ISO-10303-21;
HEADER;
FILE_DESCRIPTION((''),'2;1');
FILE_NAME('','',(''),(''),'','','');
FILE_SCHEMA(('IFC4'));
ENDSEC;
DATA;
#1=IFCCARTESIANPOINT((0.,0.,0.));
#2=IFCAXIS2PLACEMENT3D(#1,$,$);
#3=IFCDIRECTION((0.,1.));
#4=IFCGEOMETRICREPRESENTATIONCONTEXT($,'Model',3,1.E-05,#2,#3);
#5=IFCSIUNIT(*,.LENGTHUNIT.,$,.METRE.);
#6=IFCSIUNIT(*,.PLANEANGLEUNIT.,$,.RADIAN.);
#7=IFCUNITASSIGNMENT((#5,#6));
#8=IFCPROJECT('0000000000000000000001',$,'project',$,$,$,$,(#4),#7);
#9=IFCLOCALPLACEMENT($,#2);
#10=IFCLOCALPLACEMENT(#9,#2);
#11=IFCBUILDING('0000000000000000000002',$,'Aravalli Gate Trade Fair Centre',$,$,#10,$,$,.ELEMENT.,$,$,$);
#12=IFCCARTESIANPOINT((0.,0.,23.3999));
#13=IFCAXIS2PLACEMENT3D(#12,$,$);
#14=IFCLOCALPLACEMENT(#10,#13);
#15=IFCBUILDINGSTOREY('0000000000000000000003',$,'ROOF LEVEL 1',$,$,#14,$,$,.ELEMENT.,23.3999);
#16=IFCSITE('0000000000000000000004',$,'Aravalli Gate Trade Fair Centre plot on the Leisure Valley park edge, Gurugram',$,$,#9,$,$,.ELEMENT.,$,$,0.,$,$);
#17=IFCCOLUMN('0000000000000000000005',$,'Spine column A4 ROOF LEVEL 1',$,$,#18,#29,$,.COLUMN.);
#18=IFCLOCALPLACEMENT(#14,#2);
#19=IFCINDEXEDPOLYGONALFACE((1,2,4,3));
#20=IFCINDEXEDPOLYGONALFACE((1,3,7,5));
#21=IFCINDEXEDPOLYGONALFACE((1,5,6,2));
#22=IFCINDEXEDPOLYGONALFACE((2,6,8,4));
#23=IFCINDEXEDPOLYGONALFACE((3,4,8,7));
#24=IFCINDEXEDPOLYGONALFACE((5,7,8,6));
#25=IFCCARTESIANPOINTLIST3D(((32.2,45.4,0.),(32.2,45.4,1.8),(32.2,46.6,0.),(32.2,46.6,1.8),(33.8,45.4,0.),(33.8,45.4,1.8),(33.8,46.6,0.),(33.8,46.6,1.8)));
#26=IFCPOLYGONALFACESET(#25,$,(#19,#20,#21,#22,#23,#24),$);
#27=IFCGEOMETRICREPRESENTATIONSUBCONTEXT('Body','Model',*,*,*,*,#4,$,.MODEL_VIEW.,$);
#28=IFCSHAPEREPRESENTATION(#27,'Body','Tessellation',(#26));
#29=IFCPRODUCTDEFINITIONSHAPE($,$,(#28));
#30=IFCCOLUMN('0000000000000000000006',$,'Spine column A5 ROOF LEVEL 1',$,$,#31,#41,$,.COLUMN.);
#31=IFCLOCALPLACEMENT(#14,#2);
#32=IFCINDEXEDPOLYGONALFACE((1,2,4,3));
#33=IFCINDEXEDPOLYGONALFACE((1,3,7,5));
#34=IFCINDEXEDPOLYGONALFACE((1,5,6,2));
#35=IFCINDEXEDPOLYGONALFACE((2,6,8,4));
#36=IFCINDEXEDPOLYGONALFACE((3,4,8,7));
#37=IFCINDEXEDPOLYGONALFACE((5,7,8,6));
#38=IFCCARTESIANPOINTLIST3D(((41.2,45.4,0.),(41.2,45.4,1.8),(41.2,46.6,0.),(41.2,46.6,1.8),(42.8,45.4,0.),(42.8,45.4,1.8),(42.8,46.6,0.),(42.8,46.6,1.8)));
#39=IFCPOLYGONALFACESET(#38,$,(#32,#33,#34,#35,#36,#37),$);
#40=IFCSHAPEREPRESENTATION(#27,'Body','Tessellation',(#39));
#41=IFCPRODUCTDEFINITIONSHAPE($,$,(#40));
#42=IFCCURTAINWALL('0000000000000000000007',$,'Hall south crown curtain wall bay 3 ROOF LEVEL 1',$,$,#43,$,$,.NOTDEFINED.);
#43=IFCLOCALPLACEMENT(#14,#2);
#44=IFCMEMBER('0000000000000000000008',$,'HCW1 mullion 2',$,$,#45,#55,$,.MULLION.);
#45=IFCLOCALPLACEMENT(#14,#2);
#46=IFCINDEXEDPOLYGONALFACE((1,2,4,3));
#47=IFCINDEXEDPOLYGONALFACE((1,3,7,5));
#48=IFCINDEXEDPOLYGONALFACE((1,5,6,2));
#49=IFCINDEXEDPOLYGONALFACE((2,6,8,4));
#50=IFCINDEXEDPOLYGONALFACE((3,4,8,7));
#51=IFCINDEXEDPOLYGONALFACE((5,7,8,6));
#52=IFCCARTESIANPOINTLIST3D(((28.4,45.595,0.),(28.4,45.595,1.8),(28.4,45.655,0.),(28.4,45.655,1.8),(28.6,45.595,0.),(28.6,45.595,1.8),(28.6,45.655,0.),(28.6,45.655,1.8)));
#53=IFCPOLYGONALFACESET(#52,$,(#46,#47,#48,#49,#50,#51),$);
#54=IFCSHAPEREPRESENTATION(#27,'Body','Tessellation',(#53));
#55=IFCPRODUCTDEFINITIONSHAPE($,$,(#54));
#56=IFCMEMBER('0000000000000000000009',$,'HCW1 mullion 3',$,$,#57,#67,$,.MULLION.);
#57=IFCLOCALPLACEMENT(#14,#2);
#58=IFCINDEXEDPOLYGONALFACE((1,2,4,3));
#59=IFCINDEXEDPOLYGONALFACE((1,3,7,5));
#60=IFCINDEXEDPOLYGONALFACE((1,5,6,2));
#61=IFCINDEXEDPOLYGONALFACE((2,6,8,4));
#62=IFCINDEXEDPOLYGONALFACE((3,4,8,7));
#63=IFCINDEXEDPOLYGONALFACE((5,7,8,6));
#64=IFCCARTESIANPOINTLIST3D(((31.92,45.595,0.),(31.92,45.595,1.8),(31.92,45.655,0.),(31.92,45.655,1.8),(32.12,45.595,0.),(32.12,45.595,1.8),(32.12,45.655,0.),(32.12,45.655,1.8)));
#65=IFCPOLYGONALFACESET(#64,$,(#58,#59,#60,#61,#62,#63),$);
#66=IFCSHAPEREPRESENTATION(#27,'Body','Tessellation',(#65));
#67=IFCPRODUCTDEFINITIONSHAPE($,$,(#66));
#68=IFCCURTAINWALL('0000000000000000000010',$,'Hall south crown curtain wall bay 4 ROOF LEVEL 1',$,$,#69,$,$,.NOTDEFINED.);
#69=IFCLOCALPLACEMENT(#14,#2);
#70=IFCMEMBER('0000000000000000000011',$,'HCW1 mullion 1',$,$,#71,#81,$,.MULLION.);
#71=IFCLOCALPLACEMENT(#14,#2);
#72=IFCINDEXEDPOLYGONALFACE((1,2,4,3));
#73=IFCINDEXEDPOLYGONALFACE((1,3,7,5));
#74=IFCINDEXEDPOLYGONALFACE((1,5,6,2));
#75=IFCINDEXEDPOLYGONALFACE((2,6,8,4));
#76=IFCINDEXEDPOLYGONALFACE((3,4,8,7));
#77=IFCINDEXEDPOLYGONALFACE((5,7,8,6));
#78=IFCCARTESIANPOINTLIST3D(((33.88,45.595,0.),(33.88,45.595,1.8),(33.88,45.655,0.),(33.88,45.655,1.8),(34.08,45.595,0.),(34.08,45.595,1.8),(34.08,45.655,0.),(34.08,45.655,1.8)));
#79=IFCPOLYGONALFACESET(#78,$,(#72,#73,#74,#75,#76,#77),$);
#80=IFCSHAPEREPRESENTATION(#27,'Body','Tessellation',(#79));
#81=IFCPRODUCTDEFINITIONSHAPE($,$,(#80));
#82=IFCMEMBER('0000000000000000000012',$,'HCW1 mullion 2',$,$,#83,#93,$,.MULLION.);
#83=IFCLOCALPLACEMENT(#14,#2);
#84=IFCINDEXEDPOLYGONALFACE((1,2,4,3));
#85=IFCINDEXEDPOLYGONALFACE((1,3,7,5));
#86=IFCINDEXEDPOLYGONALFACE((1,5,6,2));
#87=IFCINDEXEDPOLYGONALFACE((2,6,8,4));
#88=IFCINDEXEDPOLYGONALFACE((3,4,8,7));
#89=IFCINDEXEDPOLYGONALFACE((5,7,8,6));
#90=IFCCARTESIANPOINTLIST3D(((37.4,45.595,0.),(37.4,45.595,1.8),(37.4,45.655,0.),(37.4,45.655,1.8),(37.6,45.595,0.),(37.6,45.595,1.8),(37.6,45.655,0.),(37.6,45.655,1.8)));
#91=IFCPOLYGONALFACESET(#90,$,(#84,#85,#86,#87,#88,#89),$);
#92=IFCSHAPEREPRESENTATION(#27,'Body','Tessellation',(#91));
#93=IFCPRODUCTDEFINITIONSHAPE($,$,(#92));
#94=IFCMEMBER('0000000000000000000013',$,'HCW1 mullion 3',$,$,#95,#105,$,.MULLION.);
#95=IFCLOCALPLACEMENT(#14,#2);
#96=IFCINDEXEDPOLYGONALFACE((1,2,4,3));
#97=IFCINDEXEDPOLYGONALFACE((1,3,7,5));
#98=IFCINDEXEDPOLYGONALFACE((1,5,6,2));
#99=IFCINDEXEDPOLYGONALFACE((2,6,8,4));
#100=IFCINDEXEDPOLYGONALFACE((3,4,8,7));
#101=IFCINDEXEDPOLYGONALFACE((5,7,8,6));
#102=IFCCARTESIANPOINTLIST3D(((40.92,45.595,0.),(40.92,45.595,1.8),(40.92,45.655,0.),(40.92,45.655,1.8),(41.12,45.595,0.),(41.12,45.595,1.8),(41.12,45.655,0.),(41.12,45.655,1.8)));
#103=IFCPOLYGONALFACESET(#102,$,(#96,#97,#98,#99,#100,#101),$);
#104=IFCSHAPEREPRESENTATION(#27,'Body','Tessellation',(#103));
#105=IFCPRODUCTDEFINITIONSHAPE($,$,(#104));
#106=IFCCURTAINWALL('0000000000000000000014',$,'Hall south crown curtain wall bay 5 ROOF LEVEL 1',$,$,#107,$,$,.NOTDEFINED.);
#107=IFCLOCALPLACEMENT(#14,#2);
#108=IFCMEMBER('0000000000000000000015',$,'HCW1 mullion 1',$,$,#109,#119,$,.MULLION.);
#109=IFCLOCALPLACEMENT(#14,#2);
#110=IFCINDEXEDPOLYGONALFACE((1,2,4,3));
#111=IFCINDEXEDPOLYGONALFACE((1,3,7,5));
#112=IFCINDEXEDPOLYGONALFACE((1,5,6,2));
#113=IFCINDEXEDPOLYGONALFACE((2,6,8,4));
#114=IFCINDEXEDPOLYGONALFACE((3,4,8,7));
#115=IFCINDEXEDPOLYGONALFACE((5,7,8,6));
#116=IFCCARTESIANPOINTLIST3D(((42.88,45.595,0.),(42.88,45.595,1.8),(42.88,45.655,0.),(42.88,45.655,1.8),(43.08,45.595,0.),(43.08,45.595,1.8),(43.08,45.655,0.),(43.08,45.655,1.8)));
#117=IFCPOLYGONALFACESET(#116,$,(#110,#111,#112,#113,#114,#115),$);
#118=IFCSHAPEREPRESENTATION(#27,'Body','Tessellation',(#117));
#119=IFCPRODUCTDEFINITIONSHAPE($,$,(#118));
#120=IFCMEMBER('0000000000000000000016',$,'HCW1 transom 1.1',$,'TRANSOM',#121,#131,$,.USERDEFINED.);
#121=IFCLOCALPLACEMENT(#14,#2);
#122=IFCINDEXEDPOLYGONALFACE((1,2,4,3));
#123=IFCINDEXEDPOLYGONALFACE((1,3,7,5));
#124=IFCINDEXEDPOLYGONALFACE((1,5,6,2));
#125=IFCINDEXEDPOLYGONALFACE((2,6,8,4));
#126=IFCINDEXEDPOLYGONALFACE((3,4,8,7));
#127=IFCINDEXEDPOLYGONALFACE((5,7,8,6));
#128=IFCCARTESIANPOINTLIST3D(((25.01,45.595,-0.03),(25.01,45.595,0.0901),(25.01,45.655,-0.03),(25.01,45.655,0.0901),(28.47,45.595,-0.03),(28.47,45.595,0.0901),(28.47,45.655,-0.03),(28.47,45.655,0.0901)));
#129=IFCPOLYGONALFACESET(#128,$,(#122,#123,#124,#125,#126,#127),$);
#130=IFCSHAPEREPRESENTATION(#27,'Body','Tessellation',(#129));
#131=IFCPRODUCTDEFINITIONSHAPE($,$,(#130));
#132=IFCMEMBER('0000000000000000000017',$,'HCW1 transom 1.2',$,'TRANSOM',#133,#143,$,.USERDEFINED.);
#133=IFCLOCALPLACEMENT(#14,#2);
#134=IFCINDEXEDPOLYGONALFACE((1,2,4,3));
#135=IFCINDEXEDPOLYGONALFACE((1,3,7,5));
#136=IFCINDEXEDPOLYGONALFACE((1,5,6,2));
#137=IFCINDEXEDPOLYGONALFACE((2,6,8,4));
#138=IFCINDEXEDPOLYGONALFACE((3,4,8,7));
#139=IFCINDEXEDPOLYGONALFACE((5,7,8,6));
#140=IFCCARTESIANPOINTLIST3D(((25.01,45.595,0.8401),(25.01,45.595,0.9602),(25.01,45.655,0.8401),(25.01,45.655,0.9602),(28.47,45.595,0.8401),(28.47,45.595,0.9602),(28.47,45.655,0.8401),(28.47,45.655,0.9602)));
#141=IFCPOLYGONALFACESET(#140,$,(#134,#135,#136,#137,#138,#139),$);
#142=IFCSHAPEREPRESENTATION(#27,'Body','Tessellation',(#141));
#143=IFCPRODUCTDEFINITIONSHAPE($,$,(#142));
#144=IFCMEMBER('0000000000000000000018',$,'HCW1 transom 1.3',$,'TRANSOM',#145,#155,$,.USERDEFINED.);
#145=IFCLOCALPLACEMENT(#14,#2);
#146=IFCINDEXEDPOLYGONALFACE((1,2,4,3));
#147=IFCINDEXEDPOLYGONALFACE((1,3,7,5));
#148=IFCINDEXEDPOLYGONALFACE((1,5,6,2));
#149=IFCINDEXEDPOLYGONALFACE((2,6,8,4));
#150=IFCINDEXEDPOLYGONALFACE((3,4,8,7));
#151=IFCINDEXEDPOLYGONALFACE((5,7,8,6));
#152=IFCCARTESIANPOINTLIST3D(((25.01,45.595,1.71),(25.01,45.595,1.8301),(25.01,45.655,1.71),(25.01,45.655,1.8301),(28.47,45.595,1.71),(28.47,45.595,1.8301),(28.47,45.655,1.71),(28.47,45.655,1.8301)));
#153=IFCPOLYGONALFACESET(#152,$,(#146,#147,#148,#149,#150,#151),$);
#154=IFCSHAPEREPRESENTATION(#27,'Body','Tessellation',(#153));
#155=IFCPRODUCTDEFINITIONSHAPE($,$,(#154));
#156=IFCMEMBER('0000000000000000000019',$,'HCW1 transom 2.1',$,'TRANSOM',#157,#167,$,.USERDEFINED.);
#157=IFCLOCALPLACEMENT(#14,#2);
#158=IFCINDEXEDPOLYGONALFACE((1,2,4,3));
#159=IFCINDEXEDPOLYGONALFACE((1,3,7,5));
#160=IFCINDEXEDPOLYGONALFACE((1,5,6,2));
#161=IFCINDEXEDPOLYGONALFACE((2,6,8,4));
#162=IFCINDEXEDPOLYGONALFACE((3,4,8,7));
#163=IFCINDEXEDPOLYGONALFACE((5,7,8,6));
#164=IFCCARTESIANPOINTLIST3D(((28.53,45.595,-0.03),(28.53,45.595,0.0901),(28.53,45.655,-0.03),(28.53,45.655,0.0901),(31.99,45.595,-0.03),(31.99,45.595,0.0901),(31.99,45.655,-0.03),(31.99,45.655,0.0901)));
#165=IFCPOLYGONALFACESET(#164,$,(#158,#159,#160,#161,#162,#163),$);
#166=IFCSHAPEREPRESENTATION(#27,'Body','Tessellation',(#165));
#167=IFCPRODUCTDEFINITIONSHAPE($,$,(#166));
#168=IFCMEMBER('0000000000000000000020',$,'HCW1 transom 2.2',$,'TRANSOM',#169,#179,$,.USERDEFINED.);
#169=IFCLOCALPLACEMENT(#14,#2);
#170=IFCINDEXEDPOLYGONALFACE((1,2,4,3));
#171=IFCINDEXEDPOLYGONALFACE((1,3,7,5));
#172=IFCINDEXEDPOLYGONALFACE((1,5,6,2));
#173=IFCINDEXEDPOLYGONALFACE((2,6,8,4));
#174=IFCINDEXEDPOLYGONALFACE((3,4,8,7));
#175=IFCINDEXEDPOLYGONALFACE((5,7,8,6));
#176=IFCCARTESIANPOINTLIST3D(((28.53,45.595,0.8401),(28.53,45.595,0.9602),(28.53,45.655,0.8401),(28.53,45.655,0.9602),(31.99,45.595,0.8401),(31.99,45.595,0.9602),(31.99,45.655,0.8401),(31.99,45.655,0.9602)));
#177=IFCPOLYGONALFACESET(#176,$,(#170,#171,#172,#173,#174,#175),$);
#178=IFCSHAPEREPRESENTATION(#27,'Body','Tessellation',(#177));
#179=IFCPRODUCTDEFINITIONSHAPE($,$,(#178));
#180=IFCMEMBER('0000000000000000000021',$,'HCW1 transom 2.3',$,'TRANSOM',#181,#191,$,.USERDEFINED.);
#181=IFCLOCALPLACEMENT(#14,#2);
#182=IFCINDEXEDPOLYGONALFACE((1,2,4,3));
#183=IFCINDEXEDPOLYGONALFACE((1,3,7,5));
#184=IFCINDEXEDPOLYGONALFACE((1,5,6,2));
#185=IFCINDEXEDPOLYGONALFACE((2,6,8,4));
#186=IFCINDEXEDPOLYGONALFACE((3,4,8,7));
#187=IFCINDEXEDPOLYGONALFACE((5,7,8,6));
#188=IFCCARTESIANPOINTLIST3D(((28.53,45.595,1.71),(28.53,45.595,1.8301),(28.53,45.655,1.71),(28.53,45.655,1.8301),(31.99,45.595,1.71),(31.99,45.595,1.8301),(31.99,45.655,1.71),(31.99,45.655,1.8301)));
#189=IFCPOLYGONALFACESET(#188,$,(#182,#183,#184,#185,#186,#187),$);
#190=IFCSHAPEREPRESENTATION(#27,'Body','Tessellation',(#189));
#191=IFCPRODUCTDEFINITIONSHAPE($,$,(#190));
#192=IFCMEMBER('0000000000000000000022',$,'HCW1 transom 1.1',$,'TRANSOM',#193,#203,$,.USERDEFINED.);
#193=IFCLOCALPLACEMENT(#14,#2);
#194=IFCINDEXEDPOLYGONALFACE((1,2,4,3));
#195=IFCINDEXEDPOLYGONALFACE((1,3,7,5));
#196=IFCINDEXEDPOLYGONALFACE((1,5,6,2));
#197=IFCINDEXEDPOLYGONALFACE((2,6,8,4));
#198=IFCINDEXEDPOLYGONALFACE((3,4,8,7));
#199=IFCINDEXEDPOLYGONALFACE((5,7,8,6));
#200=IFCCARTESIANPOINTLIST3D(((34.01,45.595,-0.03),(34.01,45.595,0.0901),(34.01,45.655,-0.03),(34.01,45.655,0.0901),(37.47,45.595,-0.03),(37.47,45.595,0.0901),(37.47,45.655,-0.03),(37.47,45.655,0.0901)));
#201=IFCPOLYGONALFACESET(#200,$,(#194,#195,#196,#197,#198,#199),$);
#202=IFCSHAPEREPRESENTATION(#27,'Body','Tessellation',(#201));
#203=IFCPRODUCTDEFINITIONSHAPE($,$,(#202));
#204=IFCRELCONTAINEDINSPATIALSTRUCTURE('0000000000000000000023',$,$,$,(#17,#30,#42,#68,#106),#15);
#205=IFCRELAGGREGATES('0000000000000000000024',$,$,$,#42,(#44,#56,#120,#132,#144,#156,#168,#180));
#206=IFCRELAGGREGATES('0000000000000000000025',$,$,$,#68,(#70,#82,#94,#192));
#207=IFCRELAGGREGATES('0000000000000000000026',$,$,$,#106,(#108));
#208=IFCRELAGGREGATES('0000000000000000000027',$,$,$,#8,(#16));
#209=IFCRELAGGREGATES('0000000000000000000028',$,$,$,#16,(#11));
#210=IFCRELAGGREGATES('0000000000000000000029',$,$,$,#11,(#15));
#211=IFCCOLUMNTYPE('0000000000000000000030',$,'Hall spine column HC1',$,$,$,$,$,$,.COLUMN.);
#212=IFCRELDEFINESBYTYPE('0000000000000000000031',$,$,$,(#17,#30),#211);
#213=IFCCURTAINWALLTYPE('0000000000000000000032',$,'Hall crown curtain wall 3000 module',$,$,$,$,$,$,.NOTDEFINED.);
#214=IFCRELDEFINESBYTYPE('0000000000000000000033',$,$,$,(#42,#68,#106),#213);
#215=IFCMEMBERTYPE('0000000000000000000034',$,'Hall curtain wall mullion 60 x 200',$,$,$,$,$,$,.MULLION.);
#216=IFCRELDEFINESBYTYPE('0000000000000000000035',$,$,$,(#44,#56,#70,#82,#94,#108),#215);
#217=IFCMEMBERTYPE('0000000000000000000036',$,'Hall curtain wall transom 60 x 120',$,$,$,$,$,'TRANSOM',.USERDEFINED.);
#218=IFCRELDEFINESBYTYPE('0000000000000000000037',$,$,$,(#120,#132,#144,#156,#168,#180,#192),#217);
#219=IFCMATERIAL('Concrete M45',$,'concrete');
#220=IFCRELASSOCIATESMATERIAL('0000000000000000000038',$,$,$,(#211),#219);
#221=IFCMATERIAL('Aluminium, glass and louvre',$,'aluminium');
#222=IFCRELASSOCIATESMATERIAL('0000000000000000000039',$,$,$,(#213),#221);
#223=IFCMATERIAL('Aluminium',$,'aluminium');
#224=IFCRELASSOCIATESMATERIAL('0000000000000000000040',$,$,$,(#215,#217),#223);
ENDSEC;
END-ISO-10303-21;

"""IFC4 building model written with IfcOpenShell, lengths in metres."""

from ifc_helpers import new_model, si_unit, direction, frame, origin, origin_2d, place, context, subcontext, project, spatial, rectangle, extrude, material, material_profile, profile_set, type_object, element, aggregate, save


model = new_model("IFC4")

# Units and contexts
model_context = context("Model", 3, precision=1e-05, world=origin(), true_north=direction((0.0, 1.0)))
body_context = subcontext(model_context, "Body", "Model", "MODEL_VIEW")
ifc_project = project(units=[si_unit("LENGTHUNIT", "METRE"), si_unit("PLANEANGLEUNIT", "RADIAN")], contexts=[model_context])

# Site, building, storey
site_placement = place(None, origin())
site = spatial("IfcSite", under=ifc_project, at=site_placement, Name="Aravalli Gate Trade Fair Centre plot on the Leisure Valley park edge, Gurugram", CompositionType="ELEMENT", RefElevation=0.0)
building_placement = place(site_placement, origin())
building = spatial("IfcBuilding", under=site, at=building_placement, Name="Aravalli Gate Trade Fair Centre", CompositionType="ELEMENT")
storey_placement = place(building_placement, frame((0.0, 0.0, 23.3999)))
storey = spatial("IfcBuildingStorey", under=building, at=storey_placement, Name="ROOF LEVEL 1", CompositionType="ELEMENT", Elevation=23.3999)

# Columns
ifc_material_1 = material(Name="Concrete M45", Category="concrete")
ifc_material_profile_1 = material_profile(ifc_material_1, rectangle(XDim=1.6001, YDim=1.2, at=origin_2d()), Name="RC 1600x1200")
ifc_profile_set_1 = profile_set([ifc_material_profile_1], Name="Concrete M45")
column_type = type_object("IfcColumnType", Name="Hall spine column HC1", PredefinedType="COLUMN", material=ifc_profile_set_1)
for number, where, z_axis, x_axis, name in (
    (1, (33.0, 46.0, 0.0), (0.0, 0.0, 1.0), (1.0, 0.0, 0.0), "Spine column A4 ROOF LEVEL 1"),
    (2, (42.0, 46.0, 0.0), (0.0, 0.0, 1.0), (1.0, 0.0, 0.0), "Spine column A5 ROOF LEVEL 1"),
):
    element("IfcColumn", number, at=place(storey_placement, frame(where, z_axis=z_axis, x_axis=x_axis)), inside=storey, type_object=column_type, Name=name, PredefinedType="COLUMN", context=body_context, shape_type="SweptSolid", body=[
        extrude(rectangle(XDim=1.6001, YDim=1.2, at=origin_2d()), origin(), (0.0, 0.0, 1.0), 1.8),
    ])

# Curtain walls, members
ifc_material_2 = material(Name="Aluminium, glass and louvre", Category="aluminium")
curtain_wall_type = type_object("IfcCurtainWallType", Name="Hall crown curtain wall 3000 module", PredefinedType="NOTDEFINED", material=ifc_material_2)
curtain_wall_1_placement = place(storey_placement, origin())
curtain_wall_1 = element("IfcCurtainWall", 3, at=curtain_wall_1_placement, inside=storey, type_object=curtain_wall_type, Name="Hall south crown curtain wall bay 3 ROOF LEVEL 1", PredefinedType="NOTDEFINED")
ifc_material_3 = material(Name="Aluminium", Category="aluminium")
ifc_material_profile_2 = material_profile(ifc_material_3, rectangle(XDim=0.0601, YDim=0.2, at=origin_2d()), Name="Hall curtain wall mullion 60 x 200")
ifc_profile_set_2 = profile_set([ifc_material_profile_2], Name="Aluminium")
member_type_1 = type_object("IfcMemberType", Name="Hall curtain wall mullion 60 x 200", PredefinedType="MULLION", material=ifc_profile_set_2)
member_1_placement = place(storey_placement, frame((28.5, 45.625, 0.0), z_axis=(0.0, 0.0, 1.0), x_axis=(0.0, 1.0, 0.0)))
member_1 = element("IfcMember", 4, at=member_1_placement, type_object=member_type_1, Name="HCW1 mullion 2", PredefinedType="MULLION", context=body_context, shape_type="SweptSolid", body=[
    extrude(rectangle(XDim=0.0601, YDim=0.2, at=origin_2d()), origin(), (0.0, 0.0, 1.0), 1.8),
])
member_2_placement = place(storey_placement, frame((32.02, 45.625, 0.0), z_axis=(0.0, 0.0, 1.0), x_axis=(0.0, 1.0, 0.0)))
member_2 = element("IfcMember", 5, at=member_2_placement, type_object=member_type_1, Name="HCW1 mullion 3", PredefinedType="MULLION", context=body_context, shape_type="SweptSolid", body=[
    extrude(rectangle(XDim=0.0601, YDim=0.2, at=origin_2d()), origin(), (0.0, 0.0, 1.0), 1.8),
])
curtain_wall_2_placement = place(storey_placement, origin())
curtain_wall_2 = element("IfcCurtainWall", 6, at=curtain_wall_2_placement, inside=storey, type_object=curtain_wall_type, Name="Hall south crown curtain wall bay 4 ROOF LEVEL 1", PredefinedType="NOTDEFINED")
member_3_placement = place(storey_placement, frame((33.98, 45.625, 0.0), z_axis=(0.0, 0.0, 1.0), x_axis=(0.0, 1.0, 0.0)))
member_3 = element("IfcMember", 7, at=member_3_placement, type_object=member_type_1, Name="HCW1 mullion 1", PredefinedType="MULLION", context=body_context, shape_type="SweptSolid", body=[
    extrude(rectangle(XDim=0.0601, YDim=0.2, at=origin_2d()), origin(), (0.0, 0.0, 1.0), 1.8),
])
member_4_placement = place(storey_placement, frame((37.5, 45.625, 0.0), z_axis=(0.0, 0.0, 1.0), x_axis=(0.0, 1.0, 0.0)))
member_4 = element("IfcMember", 8, at=member_4_placement, type_object=member_type_1, Name="HCW1 mullion 2", PredefinedType="MULLION", context=body_context, shape_type="SweptSolid", body=[
    extrude(rectangle(XDim=0.0601, YDim=0.2, at=origin_2d()), origin(), (0.0, 0.0, 1.0), 1.8),
])
member_5_placement = place(storey_placement, frame((41.02, 45.625, 0.0), z_axis=(0.0, 0.0, 1.0), x_axis=(0.0, 1.0, 0.0)))
member_5 = element("IfcMember", 9, at=member_5_placement, type_object=member_type_1, Name="HCW1 mullion 3", PredefinedType="MULLION", context=body_context, shape_type="SweptSolid", body=[
    extrude(rectangle(XDim=0.0601, YDim=0.2, at=origin_2d()), origin(), (0.0, 0.0, 1.0), 1.8),
])

# Curtain wall, member
curtain_wall_3_placement = place(storey_placement, origin())
curtain_wall_3 = element("IfcCurtainWall", 10, at=curtain_wall_3_placement, inside=storey, type_object=curtain_wall_type, Name="Hall south crown curtain wall bay 5 ROOF LEVEL 1", PredefinedType="NOTDEFINED")
member_6_placement = place(storey_placement, frame((42.98, 45.625, 0.0), z_axis=(0.0, 0.0, 1.0), x_axis=(0.0, 1.0, 0.0)))
member_6 = element("IfcMember", 11, at=member_6_placement, type_object=member_type_1, Name="HCW1 mullion 1", PredefinedType="MULLION", context=body_context, shape_type="SweptSolid", body=[
    extrude(rectangle(XDim=0.0601, YDim=0.2, at=origin_2d()), origin(), (0.0, 0.0, 1.0), 1.8),
])

# Members
ifc_material_profile_3 = material_profile(ifc_material_3, rectangle(XDim=0.0601, YDim=0.1201, at=origin_2d()), Name="Hall curtain wall transom 60 x 120")
ifc_profile_set_3 = profile_set([ifc_material_profile_3], Name="Aluminium")
member_type_2 = type_object("IfcMemberType", Name="Hall curtain wall transom 60 x 120", ElementType="TRANSOM", PredefinedType="USERDEFINED", material=ifc_profile_set_3)
member_7_placement = place(storey_placement, frame((25.01, 45.625, 0.03), z_axis=(1.0, 0.0, 0.0), x_axis=(0.0, 1.0, 0.0)))
member_7 = element("IfcMember", 12, at=member_7_placement, type_object=member_type_2, Name="HCW1 transom 1.1", ObjectType="TRANSOM", PredefinedType="USERDEFINED", context=body_context, shape_type="SweptSolid", body=[
    extrude(rectangle(XDim=0.0601, YDim=0.1201, at=origin_2d()), origin(), (0.0, 0.0, 1.0), 3.46),
])
member_8_placement = place(storey_placement, frame((25.01, 45.625, 0.9001), z_axis=(1.0, 0.0, 0.0), x_axis=(0.0, 1.0, 0.0)))
member_8 = element("IfcMember", 13, at=member_8_placement, type_object=member_type_2, Name="HCW1 transom 1.2", ObjectType="TRANSOM", PredefinedType="USERDEFINED", context=body_context, shape_type="SweptSolid", body=[
    extrude(rectangle(XDim=0.0601, YDim=0.1201, at=origin_2d()), origin(), (0.0, 0.0, 1.0), 3.46),
])
member_9_placement = place(storey_placement, frame((25.01, 45.625, 1.77), z_axis=(1.0, 0.0, 0.0), x_axis=(0.0, 1.0, 0.0)))
member_9 = element("IfcMember", 14, at=member_9_placement, type_object=member_type_2, Name="HCW1 transom 1.3", ObjectType="TRANSOM", PredefinedType="USERDEFINED", context=body_context, shape_type="SweptSolid", body=[
    extrude(rectangle(XDim=0.0601, YDim=0.1201, at=origin_2d()), origin(), (0.0, 0.0, 1.0), 3.46),
])
member_10_placement = place(storey_placement, frame((28.53, 45.625, 0.03), z_axis=(1.0, 0.0, 0.0), x_axis=(0.0, 1.0, 0.0)))
member_10 = element("IfcMember", 15, at=member_10_placement, type_object=member_type_2, Name="HCW1 transom 2.1", ObjectType="TRANSOM", PredefinedType="USERDEFINED", context=body_context, shape_type="SweptSolid", body=[
    extrude(rectangle(XDim=0.0601, YDim=0.1201, at=origin_2d()), origin(), (0.0, 0.0, 1.0), 3.46),
])
member_11_placement = place(storey_placement, frame((28.53, 45.625, 0.9001), z_axis=(1.0, 0.0, 0.0), x_axis=(0.0, 1.0, 0.0)))
member_11 = element("IfcMember", 16, at=member_11_placement, type_object=member_type_2, Name="HCW1 transom 2.2", ObjectType="TRANSOM", PredefinedType="USERDEFINED", context=body_context, shape_type="SweptSolid", body=[
    extrude(rectangle(XDim=0.0601, YDim=0.1201, at=origin_2d()), origin(), (0.0, 0.0, 1.0), 3.46),
])
member_12_placement = place(storey_placement, frame((28.53, 45.625, 1.77), z_axis=(1.0, 0.0, 0.0), x_axis=(0.0, 1.0, 0.0)))
member_12 = element("IfcMember", 17, at=member_12_placement, type_object=member_type_2, Name="HCW1 transom 2.3", ObjectType="TRANSOM", PredefinedType="USERDEFINED", context=body_context, shape_type="SweptSolid", body=[
    extrude(rectangle(XDim=0.0601, YDim=0.1201, at=origin_2d()), origin(), (0.0, 0.0, 1.0), 3.46),
])
member_13_placement = place(storey_placement, frame((34.01, 45.625, 0.03), z_axis=(1.0, 0.0, 0.0), x_axis=(0.0, 1.0, 0.0)))
member_13 = element("IfcMember", 18, at=member_13_placement, type_object=member_type_2, Name="HCW1 transom 1.1", ObjectType="TRANSOM", PredefinedType="USERDEFINED", context=body_context, shape_type="SweptSolid", body=[
    extrude(rectangle(XDim=0.0601, YDim=0.1201, at=origin_2d()), origin(), (0.0, 0.0, 1.0), 3.46),
])

aggregate(curtain_wall_1, [member_1, member_2, member_7, member_8, member_9, member_10, member_11, member_12])
aggregate(curtain_wall_2, [member_3, member_4, member_5, member_13])
aggregate(curtain_wall_3, [member_6])

save(model, "model.ifc")
